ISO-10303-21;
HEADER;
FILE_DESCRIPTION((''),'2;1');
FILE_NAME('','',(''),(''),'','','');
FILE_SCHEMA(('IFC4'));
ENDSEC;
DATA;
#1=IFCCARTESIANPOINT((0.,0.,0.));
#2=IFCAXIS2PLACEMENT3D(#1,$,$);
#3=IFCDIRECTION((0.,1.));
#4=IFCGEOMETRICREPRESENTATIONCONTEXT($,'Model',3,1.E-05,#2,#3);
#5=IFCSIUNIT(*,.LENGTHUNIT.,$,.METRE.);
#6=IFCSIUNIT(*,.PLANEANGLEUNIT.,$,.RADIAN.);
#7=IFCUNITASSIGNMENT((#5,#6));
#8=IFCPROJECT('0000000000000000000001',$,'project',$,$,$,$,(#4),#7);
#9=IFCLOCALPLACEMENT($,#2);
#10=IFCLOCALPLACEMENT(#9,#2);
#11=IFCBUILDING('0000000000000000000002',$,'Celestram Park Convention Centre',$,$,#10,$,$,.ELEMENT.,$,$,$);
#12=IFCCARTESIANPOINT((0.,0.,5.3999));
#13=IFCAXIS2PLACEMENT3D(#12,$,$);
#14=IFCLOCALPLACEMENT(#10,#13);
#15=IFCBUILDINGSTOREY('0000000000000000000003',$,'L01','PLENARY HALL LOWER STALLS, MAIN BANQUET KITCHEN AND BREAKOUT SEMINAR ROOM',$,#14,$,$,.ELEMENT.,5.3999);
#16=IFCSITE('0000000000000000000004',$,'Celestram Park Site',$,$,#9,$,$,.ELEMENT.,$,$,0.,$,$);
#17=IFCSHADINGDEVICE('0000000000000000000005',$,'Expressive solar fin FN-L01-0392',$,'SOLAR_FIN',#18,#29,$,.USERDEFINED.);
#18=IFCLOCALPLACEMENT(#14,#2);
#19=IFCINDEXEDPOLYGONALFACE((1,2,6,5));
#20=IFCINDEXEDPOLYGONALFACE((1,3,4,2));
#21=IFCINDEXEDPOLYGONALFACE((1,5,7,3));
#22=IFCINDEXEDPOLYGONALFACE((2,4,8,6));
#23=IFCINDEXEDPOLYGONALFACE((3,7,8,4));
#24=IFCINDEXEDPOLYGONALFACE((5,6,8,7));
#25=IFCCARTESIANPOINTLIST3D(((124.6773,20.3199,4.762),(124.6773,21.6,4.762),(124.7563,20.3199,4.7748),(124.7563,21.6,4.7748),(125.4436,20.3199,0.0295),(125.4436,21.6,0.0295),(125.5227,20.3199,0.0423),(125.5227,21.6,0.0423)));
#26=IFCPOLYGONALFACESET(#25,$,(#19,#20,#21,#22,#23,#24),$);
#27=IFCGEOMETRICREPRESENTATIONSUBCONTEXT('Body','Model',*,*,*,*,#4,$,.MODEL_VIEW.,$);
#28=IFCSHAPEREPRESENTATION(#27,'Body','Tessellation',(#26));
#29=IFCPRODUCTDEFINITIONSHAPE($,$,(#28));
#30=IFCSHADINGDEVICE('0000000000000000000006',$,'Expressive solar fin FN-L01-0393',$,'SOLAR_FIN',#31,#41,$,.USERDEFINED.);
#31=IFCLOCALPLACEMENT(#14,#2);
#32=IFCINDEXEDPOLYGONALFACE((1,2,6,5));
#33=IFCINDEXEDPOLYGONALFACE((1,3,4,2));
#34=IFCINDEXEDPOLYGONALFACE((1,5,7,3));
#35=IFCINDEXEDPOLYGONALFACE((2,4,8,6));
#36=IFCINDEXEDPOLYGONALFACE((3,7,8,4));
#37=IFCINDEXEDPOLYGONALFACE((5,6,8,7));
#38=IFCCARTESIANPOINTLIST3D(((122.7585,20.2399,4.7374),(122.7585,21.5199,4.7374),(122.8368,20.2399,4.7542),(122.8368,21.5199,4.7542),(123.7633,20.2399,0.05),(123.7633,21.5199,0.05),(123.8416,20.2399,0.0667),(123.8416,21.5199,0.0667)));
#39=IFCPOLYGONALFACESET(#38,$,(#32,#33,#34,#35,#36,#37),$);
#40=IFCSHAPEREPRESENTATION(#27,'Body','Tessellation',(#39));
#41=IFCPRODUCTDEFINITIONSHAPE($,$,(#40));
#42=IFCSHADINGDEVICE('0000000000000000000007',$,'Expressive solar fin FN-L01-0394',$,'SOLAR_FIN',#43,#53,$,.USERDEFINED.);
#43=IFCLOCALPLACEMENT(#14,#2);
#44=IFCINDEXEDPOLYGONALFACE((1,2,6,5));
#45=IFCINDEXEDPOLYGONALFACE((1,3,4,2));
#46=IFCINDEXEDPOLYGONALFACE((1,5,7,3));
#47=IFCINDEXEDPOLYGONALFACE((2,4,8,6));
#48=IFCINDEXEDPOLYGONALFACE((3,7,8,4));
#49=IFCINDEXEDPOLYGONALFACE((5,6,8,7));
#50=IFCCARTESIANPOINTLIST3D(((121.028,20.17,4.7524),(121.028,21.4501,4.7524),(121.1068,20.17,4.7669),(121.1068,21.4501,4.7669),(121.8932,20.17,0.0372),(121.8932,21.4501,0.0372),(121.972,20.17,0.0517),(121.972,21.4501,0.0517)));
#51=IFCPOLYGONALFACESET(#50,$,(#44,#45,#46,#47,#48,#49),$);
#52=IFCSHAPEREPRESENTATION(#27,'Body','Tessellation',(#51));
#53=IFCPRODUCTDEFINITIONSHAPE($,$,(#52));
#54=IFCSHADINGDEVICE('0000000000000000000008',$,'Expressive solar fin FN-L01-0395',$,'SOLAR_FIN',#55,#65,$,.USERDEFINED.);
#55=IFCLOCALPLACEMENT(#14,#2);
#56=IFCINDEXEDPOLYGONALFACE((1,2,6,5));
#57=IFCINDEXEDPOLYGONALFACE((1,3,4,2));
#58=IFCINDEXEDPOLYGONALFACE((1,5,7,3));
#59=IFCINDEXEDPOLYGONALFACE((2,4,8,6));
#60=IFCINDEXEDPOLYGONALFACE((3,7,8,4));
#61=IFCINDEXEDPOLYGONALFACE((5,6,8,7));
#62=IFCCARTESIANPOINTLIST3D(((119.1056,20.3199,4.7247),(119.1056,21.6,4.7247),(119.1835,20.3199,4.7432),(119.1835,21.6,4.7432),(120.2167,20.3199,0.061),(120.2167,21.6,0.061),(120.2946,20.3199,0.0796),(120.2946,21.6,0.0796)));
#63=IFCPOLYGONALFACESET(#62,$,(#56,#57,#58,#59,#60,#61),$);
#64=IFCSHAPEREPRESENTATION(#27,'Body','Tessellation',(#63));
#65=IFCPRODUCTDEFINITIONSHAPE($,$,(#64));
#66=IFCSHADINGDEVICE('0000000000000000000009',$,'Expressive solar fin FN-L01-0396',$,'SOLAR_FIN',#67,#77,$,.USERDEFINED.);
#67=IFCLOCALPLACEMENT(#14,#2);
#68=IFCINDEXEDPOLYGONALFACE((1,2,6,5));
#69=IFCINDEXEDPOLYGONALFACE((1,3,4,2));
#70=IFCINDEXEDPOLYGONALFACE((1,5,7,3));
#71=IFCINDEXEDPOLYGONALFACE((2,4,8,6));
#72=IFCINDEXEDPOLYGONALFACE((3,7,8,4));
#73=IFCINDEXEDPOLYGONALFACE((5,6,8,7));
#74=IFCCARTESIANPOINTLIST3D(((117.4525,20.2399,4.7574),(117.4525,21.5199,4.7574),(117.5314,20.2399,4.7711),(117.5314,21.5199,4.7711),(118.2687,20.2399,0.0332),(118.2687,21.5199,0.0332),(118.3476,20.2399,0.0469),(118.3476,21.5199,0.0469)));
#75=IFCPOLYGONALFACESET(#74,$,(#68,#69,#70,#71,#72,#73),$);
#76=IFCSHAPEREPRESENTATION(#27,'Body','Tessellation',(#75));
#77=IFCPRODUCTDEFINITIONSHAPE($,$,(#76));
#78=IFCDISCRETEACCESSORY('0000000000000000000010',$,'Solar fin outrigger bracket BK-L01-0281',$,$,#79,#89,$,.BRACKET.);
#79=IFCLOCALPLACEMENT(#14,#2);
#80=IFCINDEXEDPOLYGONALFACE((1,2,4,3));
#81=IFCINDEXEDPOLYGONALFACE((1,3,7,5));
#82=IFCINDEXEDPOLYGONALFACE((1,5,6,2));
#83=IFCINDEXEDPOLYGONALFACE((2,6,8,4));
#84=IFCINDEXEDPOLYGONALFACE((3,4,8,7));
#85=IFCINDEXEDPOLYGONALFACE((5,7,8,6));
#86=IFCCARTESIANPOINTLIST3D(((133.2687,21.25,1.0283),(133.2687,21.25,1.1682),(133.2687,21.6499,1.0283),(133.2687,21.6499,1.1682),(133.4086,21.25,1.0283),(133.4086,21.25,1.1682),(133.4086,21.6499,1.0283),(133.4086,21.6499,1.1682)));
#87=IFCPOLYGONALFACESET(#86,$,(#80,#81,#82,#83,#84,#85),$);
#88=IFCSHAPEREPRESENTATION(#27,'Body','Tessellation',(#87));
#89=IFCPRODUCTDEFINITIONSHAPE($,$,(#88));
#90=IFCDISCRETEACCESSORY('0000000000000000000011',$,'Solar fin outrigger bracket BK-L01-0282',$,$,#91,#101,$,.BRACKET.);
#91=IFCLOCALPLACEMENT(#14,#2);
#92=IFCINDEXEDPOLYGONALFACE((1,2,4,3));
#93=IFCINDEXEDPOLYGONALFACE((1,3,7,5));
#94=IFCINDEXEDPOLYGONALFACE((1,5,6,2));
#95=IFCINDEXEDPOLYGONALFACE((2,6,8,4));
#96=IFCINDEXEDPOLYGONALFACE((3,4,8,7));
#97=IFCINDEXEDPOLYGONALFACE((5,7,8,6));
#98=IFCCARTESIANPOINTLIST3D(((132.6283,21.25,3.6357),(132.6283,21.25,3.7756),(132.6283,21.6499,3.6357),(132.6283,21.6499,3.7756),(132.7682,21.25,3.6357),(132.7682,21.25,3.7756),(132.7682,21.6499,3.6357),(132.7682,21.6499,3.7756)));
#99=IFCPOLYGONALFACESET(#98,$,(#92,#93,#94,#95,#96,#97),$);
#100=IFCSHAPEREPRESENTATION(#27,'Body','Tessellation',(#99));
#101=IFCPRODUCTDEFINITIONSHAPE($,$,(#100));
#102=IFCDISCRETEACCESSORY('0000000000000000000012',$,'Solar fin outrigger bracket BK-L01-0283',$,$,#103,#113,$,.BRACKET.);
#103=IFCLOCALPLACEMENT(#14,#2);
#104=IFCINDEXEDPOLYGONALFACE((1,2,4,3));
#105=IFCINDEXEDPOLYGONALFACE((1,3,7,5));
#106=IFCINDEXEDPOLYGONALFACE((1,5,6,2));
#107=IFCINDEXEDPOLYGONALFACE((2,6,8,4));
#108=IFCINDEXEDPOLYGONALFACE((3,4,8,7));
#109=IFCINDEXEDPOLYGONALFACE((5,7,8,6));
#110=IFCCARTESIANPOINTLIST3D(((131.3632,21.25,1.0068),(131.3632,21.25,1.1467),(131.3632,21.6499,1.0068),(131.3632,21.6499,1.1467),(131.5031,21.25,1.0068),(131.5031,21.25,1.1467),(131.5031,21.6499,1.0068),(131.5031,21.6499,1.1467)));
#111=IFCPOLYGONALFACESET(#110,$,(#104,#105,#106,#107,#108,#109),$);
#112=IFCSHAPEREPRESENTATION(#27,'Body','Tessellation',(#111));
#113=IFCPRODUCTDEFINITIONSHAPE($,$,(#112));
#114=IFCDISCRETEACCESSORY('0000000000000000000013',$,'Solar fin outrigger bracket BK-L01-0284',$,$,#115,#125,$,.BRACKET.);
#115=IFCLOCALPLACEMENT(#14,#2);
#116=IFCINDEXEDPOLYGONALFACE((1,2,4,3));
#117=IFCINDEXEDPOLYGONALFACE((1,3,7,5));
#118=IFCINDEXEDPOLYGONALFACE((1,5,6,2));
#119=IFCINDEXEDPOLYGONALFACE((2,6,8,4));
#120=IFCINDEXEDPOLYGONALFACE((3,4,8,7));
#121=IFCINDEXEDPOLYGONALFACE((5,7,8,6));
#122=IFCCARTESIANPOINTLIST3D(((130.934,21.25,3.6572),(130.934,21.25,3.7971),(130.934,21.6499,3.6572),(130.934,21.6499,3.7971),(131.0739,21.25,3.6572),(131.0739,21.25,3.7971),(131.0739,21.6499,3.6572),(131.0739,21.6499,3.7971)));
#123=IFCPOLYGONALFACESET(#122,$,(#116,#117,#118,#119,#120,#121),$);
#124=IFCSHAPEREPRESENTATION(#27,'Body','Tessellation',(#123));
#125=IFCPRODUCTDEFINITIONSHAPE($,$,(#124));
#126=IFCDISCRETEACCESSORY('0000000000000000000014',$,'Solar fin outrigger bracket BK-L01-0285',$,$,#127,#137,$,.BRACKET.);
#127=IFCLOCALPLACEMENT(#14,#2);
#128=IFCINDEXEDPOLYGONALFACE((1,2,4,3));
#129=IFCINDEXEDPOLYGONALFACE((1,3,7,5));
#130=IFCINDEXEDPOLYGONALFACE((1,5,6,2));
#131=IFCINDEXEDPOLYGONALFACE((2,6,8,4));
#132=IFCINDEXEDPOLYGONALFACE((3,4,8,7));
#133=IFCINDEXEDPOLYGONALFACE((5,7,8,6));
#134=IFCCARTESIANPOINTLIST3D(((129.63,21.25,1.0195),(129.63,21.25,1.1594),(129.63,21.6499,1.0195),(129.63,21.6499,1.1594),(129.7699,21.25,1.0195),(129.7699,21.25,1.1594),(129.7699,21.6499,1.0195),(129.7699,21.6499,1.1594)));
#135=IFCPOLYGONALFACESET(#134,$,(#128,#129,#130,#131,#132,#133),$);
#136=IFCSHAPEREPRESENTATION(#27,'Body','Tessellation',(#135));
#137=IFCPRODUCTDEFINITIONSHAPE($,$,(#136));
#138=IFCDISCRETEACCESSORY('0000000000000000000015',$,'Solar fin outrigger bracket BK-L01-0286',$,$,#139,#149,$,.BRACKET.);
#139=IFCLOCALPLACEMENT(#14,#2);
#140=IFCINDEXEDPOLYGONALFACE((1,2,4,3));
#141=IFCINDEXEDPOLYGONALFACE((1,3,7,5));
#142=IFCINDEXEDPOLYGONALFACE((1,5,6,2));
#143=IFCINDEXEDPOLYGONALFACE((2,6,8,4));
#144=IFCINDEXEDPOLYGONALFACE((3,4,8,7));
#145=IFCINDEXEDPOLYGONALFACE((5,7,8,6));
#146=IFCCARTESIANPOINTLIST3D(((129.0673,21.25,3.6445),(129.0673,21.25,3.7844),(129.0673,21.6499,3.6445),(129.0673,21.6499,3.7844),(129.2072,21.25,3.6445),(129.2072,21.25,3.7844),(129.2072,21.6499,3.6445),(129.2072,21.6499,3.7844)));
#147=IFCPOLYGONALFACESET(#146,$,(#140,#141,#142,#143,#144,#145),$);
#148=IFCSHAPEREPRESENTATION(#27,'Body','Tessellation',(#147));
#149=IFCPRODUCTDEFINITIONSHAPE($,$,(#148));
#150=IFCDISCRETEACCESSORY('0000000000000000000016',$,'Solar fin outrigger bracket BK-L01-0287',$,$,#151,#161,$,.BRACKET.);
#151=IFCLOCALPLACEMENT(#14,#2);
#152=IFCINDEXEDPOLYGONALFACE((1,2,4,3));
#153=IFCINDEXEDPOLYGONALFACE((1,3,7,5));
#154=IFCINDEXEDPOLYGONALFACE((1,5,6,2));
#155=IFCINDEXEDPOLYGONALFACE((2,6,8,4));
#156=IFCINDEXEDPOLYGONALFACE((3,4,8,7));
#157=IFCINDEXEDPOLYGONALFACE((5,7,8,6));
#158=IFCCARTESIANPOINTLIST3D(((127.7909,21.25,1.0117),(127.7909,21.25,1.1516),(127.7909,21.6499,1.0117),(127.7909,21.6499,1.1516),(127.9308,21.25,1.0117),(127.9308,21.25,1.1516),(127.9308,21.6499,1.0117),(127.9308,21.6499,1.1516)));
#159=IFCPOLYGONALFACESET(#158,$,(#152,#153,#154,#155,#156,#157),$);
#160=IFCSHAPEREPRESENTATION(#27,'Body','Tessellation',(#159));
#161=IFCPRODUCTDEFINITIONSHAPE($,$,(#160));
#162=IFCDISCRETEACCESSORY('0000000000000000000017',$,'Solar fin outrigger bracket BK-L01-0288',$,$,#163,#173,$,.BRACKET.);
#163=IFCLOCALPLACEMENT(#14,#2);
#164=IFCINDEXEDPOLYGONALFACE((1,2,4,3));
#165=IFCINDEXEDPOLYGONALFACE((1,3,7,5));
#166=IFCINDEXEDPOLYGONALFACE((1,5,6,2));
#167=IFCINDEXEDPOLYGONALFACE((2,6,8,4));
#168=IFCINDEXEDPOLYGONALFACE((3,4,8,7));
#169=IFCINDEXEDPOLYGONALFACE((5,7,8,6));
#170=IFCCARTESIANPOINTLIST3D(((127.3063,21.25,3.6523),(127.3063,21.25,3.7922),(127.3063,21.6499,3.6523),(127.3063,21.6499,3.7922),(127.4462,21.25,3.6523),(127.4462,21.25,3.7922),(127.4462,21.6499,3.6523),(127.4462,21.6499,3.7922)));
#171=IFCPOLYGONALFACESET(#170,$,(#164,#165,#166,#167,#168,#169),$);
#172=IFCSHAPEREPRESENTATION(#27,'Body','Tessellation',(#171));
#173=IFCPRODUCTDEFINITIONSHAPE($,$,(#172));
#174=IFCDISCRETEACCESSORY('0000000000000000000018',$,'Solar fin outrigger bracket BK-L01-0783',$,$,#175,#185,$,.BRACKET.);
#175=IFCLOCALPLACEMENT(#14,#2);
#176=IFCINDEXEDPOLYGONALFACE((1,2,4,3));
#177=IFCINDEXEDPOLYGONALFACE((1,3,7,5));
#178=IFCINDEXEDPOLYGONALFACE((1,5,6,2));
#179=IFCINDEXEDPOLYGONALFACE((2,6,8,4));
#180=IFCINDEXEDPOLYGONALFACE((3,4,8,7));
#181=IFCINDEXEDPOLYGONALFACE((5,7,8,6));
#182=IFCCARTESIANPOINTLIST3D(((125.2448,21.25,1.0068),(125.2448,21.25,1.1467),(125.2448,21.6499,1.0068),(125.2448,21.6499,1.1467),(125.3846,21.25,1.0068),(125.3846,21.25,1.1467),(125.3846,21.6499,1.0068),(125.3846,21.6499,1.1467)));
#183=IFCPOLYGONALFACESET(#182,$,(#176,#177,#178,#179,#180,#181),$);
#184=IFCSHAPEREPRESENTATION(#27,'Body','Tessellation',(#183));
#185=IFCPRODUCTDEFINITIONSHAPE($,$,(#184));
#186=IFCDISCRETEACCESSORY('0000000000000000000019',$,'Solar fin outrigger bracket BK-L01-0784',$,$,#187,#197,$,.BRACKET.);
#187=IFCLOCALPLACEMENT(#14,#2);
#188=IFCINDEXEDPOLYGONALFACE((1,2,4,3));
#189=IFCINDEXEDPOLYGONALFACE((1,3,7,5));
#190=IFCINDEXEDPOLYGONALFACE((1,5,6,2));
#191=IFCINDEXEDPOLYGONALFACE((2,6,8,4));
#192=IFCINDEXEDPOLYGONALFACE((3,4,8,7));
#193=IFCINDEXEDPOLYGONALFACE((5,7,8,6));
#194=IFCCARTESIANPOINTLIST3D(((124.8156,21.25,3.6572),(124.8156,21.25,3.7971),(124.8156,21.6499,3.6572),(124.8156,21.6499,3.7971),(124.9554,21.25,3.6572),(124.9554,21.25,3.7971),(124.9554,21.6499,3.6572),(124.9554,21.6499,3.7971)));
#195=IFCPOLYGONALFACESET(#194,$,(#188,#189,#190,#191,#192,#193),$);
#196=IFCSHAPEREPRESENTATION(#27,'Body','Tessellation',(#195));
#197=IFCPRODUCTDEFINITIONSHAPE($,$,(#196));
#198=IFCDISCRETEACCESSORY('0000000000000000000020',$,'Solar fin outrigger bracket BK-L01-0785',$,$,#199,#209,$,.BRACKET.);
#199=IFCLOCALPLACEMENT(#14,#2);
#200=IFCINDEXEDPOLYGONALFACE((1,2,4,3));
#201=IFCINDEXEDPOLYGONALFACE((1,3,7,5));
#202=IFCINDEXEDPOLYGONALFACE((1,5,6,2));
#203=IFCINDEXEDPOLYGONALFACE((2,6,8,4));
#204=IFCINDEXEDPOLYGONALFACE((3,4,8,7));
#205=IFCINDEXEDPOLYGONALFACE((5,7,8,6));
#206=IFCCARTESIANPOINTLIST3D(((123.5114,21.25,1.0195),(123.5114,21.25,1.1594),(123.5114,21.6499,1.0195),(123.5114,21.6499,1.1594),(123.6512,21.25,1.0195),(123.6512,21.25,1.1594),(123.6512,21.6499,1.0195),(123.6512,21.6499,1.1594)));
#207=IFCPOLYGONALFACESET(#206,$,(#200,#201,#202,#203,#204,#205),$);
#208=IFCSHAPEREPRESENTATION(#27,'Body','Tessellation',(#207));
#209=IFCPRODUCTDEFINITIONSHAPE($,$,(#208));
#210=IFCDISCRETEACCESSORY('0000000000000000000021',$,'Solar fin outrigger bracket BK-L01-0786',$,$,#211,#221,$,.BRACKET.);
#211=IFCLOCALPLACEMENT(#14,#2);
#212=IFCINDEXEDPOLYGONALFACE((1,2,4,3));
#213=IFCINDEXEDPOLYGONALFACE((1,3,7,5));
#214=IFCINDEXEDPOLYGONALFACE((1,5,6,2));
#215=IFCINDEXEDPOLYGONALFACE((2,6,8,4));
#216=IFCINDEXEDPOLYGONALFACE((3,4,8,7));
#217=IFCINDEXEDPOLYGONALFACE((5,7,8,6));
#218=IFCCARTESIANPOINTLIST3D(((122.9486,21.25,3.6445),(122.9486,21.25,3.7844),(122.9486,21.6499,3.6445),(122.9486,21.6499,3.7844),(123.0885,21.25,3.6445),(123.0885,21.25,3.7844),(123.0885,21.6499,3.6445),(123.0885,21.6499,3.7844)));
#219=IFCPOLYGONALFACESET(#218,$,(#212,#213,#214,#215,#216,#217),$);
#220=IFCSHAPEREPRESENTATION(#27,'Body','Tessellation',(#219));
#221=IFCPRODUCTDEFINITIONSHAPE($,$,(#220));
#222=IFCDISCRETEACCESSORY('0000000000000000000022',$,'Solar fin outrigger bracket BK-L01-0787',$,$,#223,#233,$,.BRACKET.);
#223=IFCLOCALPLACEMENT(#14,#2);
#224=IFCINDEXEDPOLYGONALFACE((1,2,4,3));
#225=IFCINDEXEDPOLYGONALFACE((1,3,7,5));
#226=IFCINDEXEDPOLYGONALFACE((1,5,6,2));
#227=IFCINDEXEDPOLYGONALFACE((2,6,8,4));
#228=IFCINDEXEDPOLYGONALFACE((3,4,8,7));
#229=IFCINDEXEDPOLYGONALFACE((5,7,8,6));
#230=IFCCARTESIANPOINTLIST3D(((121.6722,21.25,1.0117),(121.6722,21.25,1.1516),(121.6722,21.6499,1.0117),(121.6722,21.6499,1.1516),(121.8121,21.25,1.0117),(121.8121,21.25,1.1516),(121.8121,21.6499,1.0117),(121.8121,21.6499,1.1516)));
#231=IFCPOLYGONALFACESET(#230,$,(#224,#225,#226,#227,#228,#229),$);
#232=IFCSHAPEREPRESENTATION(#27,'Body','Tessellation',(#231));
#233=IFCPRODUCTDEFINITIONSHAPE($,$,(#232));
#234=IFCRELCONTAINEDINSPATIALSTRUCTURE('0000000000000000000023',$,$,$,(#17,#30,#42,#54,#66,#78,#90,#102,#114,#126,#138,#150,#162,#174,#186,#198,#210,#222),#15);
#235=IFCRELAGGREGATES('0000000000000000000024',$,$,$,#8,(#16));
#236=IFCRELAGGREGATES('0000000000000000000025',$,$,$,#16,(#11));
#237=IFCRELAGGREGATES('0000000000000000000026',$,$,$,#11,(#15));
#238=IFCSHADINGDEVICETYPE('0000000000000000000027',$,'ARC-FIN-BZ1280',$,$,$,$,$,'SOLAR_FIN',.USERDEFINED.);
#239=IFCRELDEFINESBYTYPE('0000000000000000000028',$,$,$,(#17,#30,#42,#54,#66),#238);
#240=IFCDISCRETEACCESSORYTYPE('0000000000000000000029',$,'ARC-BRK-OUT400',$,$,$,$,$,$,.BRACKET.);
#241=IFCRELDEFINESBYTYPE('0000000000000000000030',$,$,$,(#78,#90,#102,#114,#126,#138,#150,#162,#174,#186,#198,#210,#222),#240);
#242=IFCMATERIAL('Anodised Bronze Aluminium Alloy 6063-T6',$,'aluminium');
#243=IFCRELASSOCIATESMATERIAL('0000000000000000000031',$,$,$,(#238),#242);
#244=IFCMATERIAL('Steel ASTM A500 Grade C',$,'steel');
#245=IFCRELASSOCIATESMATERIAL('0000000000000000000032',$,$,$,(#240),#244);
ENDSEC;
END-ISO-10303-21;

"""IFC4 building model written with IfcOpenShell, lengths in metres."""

from ifc_helpers import new_model, si_unit, direction, frame, origin, origin_2d, place, context, subcontext, project, spatial, rectangle, extrude, material, material_profile, profile_set, type_object, element, save


model = new_model("IFC4")

# Units and contexts
model_context = context("Model", 3, precision=1e-05, world=origin(), true_north=direction((0.0, 1.0)))
body_context = subcontext(model_context, "Body", "Model", "MODEL_VIEW")
ifc_project = project(units=[si_unit("LENGTHUNIT", "METRE"), si_unit("PLANEANGLEUNIT", "RADIAN")], contexts=[model_context])

# Site, building, storey
site_placement = place(None, origin())
site = spatial("IfcSite", under=ifc_project, at=site_placement, Name="Celestram Park Site", CompositionType="ELEMENT", RefElevation=0.0)
building_placement = place(site_placement, origin())
building = spatial("IfcBuilding", under=site, at=building_placement, Name="Celestram Park Convention Centre", CompositionType="ELEMENT")
storey_placement = place(building_placement, frame((0.0, 0.0, 5.3999)))
storey = spatial("IfcBuildingStorey", under=building, at=storey_placement, Name="L01", Description="PLENARY HALL LOWER STALLS, MAIN BANQUET KITCHEN AND BREAKOUT SEMINAR ROOM", CompositionType="ELEMENT", Elevation=5.3999)

# Shading devices
ifc_material_1 = material(Name="Anodised Bronze Aluminium Alloy 6063-T6", Category="aluminium")
ifc_material_profile_1 = material_profile(ifc_material_1, rectangle(XDim=1.28, YDim=0.0801, at=origin_2d()), Name="FIN1280X80")
ifc_profile_set_1 = profile_set([ifc_material_profile_1], Name="Anodised Bronze Aluminium Alloy 6063-T6")
shading_device_type = type_object("IfcShadingDeviceType", Name="ARC-FIN-BZ1280", ElementType="SOLAR_FIN", PredefinedType="USERDEFINED", material=ifc_profile_set_1)
for number, where, z_axis, x_axis, name in (
    (1, (125.4832, 20.96, 0.0359), (-0.159855, 0.0, 0.98714), (0.0, -1.0, 0.0), "Expressive solar fin FN-L01-0392"),
):
    element("IfcShadingDevice", number, at=place(storey_placement, frame(where, z_axis=z_axis, x_axis=x_axis)), inside=storey, type_object=shading_device_type, Name=name, ObjectType="SOLAR_FIN", PredefinedType="USERDEFINED", context=body_context, shape_type="SweptSolid", body=[
        extrude(rectangle(XDim=1.28, YDim=0.0801, at=origin_2d()), origin(), (0.0, 0.0, 1.0), 4.7942),
    ])
for number, where, z_axis, x_axis, name in (
    (2, (123.8025, 20.8799, 0.0583), (-0.209613, 0.0, 0.977785), (0.0, -1.0, 0.0), "Expressive solar fin FN-L01-0393"),
    (3, (121.9326, 20.8101, 0.0444), (-0.180481, 0.0, 0.983579), (0.0, -1.0, 0.0), "Expressive solar fin FN-L01-0394"),
):
    element("IfcShadingDevice", number, at=place(storey_placement, frame(where, z_axis=z_axis, x_axis=x_axis)), inside=storey, type_object=shading_device_type, Name=name, ObjectType="SOLAR_FIN", PredefinedType="USERDEFINED", context=body_context, shape_type="SweptSolid", body=[
        extrude(rectangle(XDim=1.28, YDim=0.0801, at=origin_2d()), origin(), (0.0, 0.0, 1.0), 4.7939),
    ])
for number, where, z_axis, x_axis, name in (
    (4, (120.2556, 20.96, 0.0703), (-0.231761, 0.0, 0.972773), (0.0, -1.0, 0.0), "Expressive solar fin FN-L01-0395"),
    (5, (118.3081, 20.8799, 0.04), (-0.170243, 0.0, 0.985402), (0.0, -1.0, 0.0), "Expressive solar fin FN-L01-0396"),
):
    element("IfcShadingDevice", number, at=place(storey_placement, frame(where, z_axis=z_axis, x_axis=x_axis)), inside=storey, type_object=shading_device_type, Name=name, ObjectType="SOLAR_FIN", PredefinedType="USERDEFINED", context=body_context, shape_type="SweptSolid", body=[
        extrude(rectangle(XDim=1.28, YDim=0.0801, at=origin_2d()), origin(), (0.0, 0.0, 1.0), 4.7942),
    ])

# Discrete accessories
ifc_material_2 = material(Name="Steel ASTM A500 Grade C", Category="steel")
discrete_accessory_type = type_object("IfcDiscreteAccessoryType", Name="ARC-BRK-OUT400", PredefinedType="BRACKET", material=ifc_material_2)
for number, where, z_axis, x_axis, name in (
    (6, (133.3386, 21.45, 1.0283), (0.0, 0.0, 1.0), (0.0, -1.0, 0.0), "Solar fin outrigger bracket BK-L01-0281"),
    (7, (132.6982, 21.45, 3.6357), (0.0, 0.0, 1.0), (0.0, -1.0, 0.0), "Solar fin outrigger bracket BK-L01-0282"),
    (8, (131.4331, 21.45, 1.0068), (0.0, 0.0, 1.0), (0.0, -1.0, 0.0), "Solar fin outrigger bracket BK-L01-0283"),
    (9, (131.0039, 21.45, 3.6572), (0.0, 0.0, 1.0), (0.0, -1.0, 0.0), "Solar fin outrigger bracket BK-L01-0284"),
    (10, (129.7, 21.45, 1.0195), (0.0, 0.0, 1.0), (0.0, -1.0, 0.0), "Solar fin outrigger bracket BK-L01-0285"),
    (11, (129.1372, 21.45, 3.6445), (0.0, 0.0, 1.0), (0.0, -1.0, 0.0), "Solar fin outrigger bracket BK-L01-0286"),
    (12, (127.8608, 21.45, 1.0117), (0.0, 0.0, 1.0), (0.0, -1.0, 0.0), "Solar fin outrigger bracket BK-L01-0287"),
    (13, (127.3762, 21.45, 3.6523), (0.0, 0.0, 1.0), (0.0, -1.0, 0.0), "Solar fin outrigger bracket BK-L01-0288"),
    (14, (125.3147, 21.45, 1.0068), (0.0, 0.0, 1.0), (0.0, -1.0, 0.0), "Solar fin outrigger bracket BK-L01-0783"),
    (15, (124.8855, 21.45, 3.6572), (0.0, 0.0, 1.0), (0.0, -1.0, 0.0), "Solar fin outrigger bracket BK-L01-0784"),
    (16, (123.5813, 21.45, 1.0195), (0.0, 0.0, 1.0), (0.0, -1.0, 0.0), "Solar fin outrigger bracket BK-L01-0785"),
    (17, (123.0186, 21.45, 3.6445), (0.0, 0.0, 1.0), (0.0, -1.0, 0.0), "Solar fin outrigger bracket BK-L01-0786"),
    (18, (121.7422, 21.45, 1.0117), (0.0, 0.0, 1.0), (0.0, -1.0, 0.0), "Solar fin outrigger bracket BK-L01-0787"),
):
    element("IfcDiscreteAccessory", number, at=place(storey_placement, frame(where, z_axis=z_axis, x_axis=x_axis)), inside=storey, type_object=discrete_accessory_type, Name=name, PredefinedType="BRACKET", context=body_context, shape_type="SweptSolid", body=[
        extrude(rectangle(XDim=0.3999, YDim=0.1399, at=origin_2d()), origin(), (0.0, 0.0, 1.0), 0.1399),
    ])

save(model, "model.ifc")
